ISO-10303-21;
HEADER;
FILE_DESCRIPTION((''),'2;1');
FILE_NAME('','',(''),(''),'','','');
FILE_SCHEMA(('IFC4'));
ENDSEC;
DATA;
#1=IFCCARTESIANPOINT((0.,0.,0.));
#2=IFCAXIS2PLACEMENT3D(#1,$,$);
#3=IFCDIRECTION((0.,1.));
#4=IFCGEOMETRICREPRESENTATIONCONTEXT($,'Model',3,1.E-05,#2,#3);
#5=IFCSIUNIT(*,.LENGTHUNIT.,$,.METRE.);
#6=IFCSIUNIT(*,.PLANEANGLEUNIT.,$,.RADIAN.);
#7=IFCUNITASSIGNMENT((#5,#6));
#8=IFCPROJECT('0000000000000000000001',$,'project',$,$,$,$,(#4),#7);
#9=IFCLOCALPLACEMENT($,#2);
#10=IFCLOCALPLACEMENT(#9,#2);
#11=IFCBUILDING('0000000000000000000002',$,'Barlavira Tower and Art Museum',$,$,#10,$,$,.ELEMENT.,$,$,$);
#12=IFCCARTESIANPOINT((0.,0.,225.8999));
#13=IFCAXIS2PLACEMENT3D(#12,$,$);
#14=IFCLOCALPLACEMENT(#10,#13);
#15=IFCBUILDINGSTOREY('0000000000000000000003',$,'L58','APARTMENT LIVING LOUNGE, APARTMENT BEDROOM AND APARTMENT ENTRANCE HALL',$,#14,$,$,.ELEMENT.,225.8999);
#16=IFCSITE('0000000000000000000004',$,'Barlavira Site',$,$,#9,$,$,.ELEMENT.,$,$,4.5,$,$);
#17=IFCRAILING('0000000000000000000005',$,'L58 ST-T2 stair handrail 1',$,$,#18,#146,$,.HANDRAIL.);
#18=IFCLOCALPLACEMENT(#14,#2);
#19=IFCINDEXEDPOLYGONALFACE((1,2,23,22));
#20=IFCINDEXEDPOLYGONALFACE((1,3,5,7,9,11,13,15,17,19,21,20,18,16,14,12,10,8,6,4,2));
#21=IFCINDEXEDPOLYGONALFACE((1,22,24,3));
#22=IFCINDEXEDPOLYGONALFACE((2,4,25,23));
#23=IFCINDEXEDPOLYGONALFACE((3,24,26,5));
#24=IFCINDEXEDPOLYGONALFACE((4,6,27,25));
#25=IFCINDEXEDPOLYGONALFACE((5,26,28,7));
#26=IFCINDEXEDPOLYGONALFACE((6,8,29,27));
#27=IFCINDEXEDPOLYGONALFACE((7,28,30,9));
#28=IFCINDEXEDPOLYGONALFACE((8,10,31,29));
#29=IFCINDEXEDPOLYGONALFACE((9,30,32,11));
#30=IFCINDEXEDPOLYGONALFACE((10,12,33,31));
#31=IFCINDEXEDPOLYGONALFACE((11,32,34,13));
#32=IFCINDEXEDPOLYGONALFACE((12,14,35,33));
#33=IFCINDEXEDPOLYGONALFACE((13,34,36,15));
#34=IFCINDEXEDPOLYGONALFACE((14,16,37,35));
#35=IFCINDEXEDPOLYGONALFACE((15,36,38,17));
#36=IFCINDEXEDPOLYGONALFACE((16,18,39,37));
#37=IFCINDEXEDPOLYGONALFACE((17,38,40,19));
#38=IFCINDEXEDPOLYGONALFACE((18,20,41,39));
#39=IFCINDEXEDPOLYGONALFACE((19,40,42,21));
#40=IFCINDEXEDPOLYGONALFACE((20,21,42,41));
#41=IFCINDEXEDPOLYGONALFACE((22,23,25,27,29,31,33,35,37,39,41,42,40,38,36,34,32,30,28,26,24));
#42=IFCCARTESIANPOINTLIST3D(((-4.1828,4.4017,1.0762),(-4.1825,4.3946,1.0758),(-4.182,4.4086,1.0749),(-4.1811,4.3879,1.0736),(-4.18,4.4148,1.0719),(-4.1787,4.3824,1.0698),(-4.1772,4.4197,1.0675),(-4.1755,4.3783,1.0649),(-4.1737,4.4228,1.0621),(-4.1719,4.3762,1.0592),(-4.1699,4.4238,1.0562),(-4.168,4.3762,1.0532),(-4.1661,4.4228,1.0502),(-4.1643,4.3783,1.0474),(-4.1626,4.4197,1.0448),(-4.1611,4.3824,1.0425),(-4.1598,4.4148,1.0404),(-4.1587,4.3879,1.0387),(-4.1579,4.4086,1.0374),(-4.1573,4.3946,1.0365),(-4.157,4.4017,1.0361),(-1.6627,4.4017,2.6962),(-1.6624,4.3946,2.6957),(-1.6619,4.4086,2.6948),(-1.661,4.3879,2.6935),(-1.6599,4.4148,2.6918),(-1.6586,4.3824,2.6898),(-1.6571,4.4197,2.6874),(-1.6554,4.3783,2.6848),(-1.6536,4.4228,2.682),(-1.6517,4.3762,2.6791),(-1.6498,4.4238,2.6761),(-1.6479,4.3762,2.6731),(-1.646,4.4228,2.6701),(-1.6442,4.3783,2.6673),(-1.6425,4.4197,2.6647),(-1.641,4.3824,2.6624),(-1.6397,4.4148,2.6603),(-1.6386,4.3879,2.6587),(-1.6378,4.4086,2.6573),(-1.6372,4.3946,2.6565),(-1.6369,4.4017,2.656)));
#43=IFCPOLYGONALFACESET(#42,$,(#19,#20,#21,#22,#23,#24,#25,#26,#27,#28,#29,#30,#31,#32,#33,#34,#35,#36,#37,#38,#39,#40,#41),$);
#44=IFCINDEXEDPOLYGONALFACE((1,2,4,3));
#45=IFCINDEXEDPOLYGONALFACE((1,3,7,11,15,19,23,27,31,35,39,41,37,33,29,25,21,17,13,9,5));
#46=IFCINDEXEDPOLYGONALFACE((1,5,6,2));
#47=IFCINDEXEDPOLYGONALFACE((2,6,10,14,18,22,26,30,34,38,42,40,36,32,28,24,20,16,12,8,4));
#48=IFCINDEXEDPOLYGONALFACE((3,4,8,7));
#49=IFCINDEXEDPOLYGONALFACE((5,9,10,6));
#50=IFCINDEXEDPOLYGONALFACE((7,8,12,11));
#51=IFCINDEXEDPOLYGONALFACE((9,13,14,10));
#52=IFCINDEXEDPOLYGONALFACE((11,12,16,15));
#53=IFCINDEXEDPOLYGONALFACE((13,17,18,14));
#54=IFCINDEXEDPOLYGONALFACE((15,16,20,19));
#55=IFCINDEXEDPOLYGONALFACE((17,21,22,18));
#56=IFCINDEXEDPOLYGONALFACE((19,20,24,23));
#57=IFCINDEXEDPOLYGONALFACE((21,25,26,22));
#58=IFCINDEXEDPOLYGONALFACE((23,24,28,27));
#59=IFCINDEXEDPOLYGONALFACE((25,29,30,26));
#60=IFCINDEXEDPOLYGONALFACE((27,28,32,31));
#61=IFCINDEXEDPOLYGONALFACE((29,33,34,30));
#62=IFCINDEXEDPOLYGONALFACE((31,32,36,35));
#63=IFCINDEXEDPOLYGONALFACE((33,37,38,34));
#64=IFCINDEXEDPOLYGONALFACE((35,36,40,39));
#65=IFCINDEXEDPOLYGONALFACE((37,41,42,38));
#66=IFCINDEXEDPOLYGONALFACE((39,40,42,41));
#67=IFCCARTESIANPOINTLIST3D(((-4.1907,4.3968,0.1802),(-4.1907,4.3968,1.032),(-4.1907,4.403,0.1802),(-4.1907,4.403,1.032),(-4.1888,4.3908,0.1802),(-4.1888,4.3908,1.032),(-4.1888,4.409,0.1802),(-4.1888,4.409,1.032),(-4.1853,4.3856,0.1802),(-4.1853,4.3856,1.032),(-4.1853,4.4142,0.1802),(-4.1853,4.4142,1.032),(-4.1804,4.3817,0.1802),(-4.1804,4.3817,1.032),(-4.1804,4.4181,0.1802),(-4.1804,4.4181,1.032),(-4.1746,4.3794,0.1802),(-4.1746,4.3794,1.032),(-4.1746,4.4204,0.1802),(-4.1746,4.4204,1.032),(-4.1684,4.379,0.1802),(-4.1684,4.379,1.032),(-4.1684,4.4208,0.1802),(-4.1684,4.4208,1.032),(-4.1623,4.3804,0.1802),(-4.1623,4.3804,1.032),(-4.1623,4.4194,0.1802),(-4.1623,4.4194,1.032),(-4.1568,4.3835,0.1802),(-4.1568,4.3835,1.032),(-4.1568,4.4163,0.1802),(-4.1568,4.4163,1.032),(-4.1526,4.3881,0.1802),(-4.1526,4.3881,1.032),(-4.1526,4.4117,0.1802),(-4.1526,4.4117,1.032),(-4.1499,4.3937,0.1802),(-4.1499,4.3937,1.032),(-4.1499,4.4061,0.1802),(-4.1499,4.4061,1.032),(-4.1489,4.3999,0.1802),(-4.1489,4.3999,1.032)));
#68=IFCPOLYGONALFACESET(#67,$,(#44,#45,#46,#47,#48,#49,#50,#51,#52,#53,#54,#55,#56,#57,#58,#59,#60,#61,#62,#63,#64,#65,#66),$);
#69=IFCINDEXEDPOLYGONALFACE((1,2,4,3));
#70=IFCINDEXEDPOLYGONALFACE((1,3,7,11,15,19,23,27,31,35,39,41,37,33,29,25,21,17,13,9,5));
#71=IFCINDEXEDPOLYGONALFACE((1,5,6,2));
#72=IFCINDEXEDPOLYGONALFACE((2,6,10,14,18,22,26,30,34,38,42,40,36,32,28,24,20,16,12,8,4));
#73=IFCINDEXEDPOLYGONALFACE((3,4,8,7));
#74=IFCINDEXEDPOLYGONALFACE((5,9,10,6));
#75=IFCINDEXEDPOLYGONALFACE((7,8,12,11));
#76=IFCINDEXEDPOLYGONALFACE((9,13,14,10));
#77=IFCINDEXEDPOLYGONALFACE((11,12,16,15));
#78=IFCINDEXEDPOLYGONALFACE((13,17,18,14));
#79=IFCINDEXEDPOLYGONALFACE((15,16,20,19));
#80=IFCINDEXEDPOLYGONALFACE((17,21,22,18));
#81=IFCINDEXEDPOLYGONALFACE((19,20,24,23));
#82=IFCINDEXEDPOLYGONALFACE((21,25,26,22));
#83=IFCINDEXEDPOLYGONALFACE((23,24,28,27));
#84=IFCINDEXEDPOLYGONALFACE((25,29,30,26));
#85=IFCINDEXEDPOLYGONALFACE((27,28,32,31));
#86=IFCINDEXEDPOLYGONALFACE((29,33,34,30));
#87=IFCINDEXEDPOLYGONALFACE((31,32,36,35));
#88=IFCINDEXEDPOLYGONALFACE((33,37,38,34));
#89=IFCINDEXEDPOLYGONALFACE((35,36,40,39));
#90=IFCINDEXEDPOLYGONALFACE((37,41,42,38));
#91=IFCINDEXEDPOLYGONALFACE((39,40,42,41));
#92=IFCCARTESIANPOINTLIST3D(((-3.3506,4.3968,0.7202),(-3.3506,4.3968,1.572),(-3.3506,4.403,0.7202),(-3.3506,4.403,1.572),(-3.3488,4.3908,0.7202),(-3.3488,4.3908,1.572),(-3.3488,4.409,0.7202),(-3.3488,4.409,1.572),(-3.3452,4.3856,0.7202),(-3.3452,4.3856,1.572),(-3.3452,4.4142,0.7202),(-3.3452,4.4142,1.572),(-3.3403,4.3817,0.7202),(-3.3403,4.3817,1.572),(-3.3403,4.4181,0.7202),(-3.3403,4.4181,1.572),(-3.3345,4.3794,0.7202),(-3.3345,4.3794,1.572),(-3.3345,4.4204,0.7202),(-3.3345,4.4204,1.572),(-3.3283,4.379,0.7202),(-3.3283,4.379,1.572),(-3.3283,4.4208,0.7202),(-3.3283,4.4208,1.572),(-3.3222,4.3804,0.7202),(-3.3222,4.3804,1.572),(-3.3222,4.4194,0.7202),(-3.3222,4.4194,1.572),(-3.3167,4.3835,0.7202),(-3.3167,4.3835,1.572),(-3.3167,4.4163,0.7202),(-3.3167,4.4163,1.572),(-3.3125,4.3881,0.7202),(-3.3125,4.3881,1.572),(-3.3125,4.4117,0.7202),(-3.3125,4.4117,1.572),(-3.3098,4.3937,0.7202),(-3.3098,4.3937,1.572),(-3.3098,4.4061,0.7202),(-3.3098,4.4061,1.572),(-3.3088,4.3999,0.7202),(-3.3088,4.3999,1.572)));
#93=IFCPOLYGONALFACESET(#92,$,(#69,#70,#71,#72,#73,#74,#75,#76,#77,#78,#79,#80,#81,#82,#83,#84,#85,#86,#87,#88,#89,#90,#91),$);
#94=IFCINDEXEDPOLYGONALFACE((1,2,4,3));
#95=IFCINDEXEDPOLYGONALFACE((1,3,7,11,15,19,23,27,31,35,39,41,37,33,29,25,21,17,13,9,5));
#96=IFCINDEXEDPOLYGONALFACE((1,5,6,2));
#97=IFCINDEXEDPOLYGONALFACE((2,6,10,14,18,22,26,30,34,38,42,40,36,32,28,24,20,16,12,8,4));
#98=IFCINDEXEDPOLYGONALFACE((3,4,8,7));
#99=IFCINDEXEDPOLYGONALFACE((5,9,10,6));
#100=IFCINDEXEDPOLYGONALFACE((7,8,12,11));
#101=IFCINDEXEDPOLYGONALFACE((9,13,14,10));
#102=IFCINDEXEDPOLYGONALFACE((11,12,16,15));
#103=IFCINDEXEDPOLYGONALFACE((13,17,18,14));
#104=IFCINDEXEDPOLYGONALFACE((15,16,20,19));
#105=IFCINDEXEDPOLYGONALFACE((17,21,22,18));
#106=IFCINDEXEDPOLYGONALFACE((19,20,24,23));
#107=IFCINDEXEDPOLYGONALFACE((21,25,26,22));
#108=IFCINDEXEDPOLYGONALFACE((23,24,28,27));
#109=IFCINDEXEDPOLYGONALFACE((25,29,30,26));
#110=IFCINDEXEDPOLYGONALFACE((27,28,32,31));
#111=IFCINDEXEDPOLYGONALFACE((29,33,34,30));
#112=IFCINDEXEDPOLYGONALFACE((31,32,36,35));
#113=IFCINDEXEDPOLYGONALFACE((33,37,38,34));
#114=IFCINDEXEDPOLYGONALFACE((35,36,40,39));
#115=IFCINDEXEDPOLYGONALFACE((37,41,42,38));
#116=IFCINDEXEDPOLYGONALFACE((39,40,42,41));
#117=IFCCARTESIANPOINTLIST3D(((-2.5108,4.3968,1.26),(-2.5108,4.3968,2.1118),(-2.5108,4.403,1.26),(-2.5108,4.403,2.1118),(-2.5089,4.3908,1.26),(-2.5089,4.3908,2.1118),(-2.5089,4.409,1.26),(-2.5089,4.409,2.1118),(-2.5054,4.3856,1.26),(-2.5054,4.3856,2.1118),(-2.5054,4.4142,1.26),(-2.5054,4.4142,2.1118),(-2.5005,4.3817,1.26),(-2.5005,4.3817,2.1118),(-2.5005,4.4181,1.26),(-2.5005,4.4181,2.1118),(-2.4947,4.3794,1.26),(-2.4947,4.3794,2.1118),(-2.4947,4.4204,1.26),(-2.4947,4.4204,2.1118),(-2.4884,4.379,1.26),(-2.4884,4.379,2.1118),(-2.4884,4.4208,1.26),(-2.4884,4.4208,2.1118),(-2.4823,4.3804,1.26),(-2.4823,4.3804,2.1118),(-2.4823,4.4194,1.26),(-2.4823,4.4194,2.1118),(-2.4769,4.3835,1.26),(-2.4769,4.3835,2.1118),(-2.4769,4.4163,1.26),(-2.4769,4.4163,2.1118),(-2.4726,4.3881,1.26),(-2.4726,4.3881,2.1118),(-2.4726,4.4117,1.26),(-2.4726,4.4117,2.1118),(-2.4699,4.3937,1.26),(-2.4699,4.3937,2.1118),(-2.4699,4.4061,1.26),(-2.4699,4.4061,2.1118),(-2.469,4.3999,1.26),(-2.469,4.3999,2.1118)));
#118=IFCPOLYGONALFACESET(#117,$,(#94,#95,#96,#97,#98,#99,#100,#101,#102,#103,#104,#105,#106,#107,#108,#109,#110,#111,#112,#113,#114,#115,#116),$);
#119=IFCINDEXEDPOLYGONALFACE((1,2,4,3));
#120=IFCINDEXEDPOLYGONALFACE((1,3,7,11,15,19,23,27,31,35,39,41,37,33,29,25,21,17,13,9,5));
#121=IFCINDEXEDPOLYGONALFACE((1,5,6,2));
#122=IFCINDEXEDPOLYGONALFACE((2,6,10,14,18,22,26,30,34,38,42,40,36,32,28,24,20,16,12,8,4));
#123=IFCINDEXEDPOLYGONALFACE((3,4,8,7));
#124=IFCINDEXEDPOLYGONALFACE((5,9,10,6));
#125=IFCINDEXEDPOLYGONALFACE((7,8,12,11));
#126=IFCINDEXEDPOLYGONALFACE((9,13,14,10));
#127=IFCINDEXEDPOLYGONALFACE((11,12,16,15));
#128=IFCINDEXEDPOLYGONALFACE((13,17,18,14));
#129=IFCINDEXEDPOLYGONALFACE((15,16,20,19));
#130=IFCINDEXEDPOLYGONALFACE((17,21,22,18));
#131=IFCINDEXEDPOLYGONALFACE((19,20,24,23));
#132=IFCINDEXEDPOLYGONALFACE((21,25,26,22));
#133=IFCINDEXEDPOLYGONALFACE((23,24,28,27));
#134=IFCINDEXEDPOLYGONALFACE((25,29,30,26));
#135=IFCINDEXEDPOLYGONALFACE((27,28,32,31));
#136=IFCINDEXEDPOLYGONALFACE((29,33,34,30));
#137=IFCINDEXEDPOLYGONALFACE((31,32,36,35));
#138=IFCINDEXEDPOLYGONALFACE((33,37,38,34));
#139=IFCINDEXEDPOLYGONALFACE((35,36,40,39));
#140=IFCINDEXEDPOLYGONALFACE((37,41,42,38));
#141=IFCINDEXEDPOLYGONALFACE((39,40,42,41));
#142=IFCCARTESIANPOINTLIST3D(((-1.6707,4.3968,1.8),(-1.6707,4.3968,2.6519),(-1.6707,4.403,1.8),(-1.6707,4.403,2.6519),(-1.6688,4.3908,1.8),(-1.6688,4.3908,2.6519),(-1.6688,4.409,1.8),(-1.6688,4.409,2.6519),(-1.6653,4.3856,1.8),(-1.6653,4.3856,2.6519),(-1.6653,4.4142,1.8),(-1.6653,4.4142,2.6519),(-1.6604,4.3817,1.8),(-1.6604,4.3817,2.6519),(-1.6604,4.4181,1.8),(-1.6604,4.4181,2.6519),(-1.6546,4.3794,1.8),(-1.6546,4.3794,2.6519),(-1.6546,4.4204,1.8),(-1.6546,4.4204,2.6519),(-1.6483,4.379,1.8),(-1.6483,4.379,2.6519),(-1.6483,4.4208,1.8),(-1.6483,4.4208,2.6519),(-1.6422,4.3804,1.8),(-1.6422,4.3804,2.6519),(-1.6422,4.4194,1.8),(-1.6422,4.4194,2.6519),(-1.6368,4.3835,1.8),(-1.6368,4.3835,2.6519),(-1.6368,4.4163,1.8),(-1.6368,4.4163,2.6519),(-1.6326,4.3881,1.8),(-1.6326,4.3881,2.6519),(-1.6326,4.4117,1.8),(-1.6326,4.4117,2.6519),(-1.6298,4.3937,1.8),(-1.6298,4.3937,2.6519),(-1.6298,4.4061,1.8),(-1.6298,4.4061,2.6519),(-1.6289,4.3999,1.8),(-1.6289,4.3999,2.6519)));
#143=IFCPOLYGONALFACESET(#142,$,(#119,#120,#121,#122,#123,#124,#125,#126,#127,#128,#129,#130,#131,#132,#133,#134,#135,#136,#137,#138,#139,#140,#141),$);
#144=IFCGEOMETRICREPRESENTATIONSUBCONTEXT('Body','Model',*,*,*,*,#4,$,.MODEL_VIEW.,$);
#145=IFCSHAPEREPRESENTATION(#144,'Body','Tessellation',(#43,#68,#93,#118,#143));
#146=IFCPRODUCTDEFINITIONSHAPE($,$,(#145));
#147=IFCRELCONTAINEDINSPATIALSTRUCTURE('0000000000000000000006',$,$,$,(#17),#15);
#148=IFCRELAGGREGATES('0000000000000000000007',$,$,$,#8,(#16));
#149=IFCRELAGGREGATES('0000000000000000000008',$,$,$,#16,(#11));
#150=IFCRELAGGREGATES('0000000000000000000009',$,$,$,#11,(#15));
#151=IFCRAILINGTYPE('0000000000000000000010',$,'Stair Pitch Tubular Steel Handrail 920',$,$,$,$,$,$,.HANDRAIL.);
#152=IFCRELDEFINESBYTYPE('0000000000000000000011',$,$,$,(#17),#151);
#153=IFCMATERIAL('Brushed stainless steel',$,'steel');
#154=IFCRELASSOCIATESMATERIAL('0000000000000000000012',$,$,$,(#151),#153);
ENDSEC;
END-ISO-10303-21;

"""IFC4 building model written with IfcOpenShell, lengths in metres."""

from ifc_helpers import new_model, si_unit, direction, frame, origin, origin_2d, place, context, subcontext, project, spatial, circle, extrude, material, type_object, element, save


model = new_model("IFC4")

# Units and contexts
model_context = context("Model", 3, precision=1e-05, world=origin(), true_north=direction((0.0, 1.0)))
body_context = subcontext(model_context, "Body", "Model", "MODEL_VIEW")
ifc_project = project(units=[si_unit("LENGTHUNIT", "METRE"), si_unit("PLANEANGLEUNIT", "RADIAN")], contexts=[model_context])

# Site, building, storey
site_placement = place(None, origin())
site = spatial("IfcSite", under=ifc_project, at=site_placement, Name="Barlavira Site", CompositionType="ELEMENT", RefElevation=4.5)
building_placement = place(site_placement, origin())
building = spatial("IfcBuilding", under=site, at=building_placement, Name="Barlavira Tower and Art Museum", CompositionType="ELEMENT")
storey_placement = place(building_placement, frame((0.0, 0.0, 225.8999)))
storey = spatial("IfcBuildingStorey", under=building, at=storey_placement, Name="L58", Description="APARTMENT LIVING LOUNGE, APARTMENT BEDROOM AND APARTMENT ENTRANCE HALL", CompositionType="ELEMENT", Elevation=225.8999)

# Shared definitions
ifc_material_1 = material(Name="Brushed stainless steel", Category="steel")

# Railing
railing_type_1 = type_object("IfcRailingType", Name="Stair Pitch Tubular Steel Handrail 920", PredefinedType="HANDRAIL", material=ifc_material_1)
railing_1_placement = place(storey_placement, frame((-4.1699, 4.3999, 0.1802)))
element("IfcRailing", 1, at=railing_1_placement, inside=storey, type_object=railing_type_1, Name="L58 ST-T2 stair handrail 1", PredefinedType="HANDRAIL", context=body_context, shape_type="SweptSolid", body=[
    extrude(circle(Radius=0.0239, at=origin_2d()), frame((0.0, 0.0, 0.876), z_axis=(0.8412, 0.0, 0.540725), x_axis=(0.0, 1.0, 0.0)), (0.0, 0.0, 1.0), 2.9958),
    extrude(circle(Radius=0.021, at=origin_2d()), origin(), (0.0, 0.0, 1.0), 0.8518),
    extrude(circle(Radius=0.021, at=origin_2d()), frame((0.8401, 0.0, 0.54)), (0.0, 0.0, 1.0), 0.8518),
    extrude(circle(Radius=0.021, at=origin_2d()), frame((1.6799, 0.0, 1.0798)), (0.0, 0.0, 1.0), 0.8518),
    extrude(circle(Radius=0.021, at=origin_2d()), frame((2.52, 0.0, 1.6199)), (0.0, 0.0, 1.0), 0.8518),
])

save(model, "model.ifc")
